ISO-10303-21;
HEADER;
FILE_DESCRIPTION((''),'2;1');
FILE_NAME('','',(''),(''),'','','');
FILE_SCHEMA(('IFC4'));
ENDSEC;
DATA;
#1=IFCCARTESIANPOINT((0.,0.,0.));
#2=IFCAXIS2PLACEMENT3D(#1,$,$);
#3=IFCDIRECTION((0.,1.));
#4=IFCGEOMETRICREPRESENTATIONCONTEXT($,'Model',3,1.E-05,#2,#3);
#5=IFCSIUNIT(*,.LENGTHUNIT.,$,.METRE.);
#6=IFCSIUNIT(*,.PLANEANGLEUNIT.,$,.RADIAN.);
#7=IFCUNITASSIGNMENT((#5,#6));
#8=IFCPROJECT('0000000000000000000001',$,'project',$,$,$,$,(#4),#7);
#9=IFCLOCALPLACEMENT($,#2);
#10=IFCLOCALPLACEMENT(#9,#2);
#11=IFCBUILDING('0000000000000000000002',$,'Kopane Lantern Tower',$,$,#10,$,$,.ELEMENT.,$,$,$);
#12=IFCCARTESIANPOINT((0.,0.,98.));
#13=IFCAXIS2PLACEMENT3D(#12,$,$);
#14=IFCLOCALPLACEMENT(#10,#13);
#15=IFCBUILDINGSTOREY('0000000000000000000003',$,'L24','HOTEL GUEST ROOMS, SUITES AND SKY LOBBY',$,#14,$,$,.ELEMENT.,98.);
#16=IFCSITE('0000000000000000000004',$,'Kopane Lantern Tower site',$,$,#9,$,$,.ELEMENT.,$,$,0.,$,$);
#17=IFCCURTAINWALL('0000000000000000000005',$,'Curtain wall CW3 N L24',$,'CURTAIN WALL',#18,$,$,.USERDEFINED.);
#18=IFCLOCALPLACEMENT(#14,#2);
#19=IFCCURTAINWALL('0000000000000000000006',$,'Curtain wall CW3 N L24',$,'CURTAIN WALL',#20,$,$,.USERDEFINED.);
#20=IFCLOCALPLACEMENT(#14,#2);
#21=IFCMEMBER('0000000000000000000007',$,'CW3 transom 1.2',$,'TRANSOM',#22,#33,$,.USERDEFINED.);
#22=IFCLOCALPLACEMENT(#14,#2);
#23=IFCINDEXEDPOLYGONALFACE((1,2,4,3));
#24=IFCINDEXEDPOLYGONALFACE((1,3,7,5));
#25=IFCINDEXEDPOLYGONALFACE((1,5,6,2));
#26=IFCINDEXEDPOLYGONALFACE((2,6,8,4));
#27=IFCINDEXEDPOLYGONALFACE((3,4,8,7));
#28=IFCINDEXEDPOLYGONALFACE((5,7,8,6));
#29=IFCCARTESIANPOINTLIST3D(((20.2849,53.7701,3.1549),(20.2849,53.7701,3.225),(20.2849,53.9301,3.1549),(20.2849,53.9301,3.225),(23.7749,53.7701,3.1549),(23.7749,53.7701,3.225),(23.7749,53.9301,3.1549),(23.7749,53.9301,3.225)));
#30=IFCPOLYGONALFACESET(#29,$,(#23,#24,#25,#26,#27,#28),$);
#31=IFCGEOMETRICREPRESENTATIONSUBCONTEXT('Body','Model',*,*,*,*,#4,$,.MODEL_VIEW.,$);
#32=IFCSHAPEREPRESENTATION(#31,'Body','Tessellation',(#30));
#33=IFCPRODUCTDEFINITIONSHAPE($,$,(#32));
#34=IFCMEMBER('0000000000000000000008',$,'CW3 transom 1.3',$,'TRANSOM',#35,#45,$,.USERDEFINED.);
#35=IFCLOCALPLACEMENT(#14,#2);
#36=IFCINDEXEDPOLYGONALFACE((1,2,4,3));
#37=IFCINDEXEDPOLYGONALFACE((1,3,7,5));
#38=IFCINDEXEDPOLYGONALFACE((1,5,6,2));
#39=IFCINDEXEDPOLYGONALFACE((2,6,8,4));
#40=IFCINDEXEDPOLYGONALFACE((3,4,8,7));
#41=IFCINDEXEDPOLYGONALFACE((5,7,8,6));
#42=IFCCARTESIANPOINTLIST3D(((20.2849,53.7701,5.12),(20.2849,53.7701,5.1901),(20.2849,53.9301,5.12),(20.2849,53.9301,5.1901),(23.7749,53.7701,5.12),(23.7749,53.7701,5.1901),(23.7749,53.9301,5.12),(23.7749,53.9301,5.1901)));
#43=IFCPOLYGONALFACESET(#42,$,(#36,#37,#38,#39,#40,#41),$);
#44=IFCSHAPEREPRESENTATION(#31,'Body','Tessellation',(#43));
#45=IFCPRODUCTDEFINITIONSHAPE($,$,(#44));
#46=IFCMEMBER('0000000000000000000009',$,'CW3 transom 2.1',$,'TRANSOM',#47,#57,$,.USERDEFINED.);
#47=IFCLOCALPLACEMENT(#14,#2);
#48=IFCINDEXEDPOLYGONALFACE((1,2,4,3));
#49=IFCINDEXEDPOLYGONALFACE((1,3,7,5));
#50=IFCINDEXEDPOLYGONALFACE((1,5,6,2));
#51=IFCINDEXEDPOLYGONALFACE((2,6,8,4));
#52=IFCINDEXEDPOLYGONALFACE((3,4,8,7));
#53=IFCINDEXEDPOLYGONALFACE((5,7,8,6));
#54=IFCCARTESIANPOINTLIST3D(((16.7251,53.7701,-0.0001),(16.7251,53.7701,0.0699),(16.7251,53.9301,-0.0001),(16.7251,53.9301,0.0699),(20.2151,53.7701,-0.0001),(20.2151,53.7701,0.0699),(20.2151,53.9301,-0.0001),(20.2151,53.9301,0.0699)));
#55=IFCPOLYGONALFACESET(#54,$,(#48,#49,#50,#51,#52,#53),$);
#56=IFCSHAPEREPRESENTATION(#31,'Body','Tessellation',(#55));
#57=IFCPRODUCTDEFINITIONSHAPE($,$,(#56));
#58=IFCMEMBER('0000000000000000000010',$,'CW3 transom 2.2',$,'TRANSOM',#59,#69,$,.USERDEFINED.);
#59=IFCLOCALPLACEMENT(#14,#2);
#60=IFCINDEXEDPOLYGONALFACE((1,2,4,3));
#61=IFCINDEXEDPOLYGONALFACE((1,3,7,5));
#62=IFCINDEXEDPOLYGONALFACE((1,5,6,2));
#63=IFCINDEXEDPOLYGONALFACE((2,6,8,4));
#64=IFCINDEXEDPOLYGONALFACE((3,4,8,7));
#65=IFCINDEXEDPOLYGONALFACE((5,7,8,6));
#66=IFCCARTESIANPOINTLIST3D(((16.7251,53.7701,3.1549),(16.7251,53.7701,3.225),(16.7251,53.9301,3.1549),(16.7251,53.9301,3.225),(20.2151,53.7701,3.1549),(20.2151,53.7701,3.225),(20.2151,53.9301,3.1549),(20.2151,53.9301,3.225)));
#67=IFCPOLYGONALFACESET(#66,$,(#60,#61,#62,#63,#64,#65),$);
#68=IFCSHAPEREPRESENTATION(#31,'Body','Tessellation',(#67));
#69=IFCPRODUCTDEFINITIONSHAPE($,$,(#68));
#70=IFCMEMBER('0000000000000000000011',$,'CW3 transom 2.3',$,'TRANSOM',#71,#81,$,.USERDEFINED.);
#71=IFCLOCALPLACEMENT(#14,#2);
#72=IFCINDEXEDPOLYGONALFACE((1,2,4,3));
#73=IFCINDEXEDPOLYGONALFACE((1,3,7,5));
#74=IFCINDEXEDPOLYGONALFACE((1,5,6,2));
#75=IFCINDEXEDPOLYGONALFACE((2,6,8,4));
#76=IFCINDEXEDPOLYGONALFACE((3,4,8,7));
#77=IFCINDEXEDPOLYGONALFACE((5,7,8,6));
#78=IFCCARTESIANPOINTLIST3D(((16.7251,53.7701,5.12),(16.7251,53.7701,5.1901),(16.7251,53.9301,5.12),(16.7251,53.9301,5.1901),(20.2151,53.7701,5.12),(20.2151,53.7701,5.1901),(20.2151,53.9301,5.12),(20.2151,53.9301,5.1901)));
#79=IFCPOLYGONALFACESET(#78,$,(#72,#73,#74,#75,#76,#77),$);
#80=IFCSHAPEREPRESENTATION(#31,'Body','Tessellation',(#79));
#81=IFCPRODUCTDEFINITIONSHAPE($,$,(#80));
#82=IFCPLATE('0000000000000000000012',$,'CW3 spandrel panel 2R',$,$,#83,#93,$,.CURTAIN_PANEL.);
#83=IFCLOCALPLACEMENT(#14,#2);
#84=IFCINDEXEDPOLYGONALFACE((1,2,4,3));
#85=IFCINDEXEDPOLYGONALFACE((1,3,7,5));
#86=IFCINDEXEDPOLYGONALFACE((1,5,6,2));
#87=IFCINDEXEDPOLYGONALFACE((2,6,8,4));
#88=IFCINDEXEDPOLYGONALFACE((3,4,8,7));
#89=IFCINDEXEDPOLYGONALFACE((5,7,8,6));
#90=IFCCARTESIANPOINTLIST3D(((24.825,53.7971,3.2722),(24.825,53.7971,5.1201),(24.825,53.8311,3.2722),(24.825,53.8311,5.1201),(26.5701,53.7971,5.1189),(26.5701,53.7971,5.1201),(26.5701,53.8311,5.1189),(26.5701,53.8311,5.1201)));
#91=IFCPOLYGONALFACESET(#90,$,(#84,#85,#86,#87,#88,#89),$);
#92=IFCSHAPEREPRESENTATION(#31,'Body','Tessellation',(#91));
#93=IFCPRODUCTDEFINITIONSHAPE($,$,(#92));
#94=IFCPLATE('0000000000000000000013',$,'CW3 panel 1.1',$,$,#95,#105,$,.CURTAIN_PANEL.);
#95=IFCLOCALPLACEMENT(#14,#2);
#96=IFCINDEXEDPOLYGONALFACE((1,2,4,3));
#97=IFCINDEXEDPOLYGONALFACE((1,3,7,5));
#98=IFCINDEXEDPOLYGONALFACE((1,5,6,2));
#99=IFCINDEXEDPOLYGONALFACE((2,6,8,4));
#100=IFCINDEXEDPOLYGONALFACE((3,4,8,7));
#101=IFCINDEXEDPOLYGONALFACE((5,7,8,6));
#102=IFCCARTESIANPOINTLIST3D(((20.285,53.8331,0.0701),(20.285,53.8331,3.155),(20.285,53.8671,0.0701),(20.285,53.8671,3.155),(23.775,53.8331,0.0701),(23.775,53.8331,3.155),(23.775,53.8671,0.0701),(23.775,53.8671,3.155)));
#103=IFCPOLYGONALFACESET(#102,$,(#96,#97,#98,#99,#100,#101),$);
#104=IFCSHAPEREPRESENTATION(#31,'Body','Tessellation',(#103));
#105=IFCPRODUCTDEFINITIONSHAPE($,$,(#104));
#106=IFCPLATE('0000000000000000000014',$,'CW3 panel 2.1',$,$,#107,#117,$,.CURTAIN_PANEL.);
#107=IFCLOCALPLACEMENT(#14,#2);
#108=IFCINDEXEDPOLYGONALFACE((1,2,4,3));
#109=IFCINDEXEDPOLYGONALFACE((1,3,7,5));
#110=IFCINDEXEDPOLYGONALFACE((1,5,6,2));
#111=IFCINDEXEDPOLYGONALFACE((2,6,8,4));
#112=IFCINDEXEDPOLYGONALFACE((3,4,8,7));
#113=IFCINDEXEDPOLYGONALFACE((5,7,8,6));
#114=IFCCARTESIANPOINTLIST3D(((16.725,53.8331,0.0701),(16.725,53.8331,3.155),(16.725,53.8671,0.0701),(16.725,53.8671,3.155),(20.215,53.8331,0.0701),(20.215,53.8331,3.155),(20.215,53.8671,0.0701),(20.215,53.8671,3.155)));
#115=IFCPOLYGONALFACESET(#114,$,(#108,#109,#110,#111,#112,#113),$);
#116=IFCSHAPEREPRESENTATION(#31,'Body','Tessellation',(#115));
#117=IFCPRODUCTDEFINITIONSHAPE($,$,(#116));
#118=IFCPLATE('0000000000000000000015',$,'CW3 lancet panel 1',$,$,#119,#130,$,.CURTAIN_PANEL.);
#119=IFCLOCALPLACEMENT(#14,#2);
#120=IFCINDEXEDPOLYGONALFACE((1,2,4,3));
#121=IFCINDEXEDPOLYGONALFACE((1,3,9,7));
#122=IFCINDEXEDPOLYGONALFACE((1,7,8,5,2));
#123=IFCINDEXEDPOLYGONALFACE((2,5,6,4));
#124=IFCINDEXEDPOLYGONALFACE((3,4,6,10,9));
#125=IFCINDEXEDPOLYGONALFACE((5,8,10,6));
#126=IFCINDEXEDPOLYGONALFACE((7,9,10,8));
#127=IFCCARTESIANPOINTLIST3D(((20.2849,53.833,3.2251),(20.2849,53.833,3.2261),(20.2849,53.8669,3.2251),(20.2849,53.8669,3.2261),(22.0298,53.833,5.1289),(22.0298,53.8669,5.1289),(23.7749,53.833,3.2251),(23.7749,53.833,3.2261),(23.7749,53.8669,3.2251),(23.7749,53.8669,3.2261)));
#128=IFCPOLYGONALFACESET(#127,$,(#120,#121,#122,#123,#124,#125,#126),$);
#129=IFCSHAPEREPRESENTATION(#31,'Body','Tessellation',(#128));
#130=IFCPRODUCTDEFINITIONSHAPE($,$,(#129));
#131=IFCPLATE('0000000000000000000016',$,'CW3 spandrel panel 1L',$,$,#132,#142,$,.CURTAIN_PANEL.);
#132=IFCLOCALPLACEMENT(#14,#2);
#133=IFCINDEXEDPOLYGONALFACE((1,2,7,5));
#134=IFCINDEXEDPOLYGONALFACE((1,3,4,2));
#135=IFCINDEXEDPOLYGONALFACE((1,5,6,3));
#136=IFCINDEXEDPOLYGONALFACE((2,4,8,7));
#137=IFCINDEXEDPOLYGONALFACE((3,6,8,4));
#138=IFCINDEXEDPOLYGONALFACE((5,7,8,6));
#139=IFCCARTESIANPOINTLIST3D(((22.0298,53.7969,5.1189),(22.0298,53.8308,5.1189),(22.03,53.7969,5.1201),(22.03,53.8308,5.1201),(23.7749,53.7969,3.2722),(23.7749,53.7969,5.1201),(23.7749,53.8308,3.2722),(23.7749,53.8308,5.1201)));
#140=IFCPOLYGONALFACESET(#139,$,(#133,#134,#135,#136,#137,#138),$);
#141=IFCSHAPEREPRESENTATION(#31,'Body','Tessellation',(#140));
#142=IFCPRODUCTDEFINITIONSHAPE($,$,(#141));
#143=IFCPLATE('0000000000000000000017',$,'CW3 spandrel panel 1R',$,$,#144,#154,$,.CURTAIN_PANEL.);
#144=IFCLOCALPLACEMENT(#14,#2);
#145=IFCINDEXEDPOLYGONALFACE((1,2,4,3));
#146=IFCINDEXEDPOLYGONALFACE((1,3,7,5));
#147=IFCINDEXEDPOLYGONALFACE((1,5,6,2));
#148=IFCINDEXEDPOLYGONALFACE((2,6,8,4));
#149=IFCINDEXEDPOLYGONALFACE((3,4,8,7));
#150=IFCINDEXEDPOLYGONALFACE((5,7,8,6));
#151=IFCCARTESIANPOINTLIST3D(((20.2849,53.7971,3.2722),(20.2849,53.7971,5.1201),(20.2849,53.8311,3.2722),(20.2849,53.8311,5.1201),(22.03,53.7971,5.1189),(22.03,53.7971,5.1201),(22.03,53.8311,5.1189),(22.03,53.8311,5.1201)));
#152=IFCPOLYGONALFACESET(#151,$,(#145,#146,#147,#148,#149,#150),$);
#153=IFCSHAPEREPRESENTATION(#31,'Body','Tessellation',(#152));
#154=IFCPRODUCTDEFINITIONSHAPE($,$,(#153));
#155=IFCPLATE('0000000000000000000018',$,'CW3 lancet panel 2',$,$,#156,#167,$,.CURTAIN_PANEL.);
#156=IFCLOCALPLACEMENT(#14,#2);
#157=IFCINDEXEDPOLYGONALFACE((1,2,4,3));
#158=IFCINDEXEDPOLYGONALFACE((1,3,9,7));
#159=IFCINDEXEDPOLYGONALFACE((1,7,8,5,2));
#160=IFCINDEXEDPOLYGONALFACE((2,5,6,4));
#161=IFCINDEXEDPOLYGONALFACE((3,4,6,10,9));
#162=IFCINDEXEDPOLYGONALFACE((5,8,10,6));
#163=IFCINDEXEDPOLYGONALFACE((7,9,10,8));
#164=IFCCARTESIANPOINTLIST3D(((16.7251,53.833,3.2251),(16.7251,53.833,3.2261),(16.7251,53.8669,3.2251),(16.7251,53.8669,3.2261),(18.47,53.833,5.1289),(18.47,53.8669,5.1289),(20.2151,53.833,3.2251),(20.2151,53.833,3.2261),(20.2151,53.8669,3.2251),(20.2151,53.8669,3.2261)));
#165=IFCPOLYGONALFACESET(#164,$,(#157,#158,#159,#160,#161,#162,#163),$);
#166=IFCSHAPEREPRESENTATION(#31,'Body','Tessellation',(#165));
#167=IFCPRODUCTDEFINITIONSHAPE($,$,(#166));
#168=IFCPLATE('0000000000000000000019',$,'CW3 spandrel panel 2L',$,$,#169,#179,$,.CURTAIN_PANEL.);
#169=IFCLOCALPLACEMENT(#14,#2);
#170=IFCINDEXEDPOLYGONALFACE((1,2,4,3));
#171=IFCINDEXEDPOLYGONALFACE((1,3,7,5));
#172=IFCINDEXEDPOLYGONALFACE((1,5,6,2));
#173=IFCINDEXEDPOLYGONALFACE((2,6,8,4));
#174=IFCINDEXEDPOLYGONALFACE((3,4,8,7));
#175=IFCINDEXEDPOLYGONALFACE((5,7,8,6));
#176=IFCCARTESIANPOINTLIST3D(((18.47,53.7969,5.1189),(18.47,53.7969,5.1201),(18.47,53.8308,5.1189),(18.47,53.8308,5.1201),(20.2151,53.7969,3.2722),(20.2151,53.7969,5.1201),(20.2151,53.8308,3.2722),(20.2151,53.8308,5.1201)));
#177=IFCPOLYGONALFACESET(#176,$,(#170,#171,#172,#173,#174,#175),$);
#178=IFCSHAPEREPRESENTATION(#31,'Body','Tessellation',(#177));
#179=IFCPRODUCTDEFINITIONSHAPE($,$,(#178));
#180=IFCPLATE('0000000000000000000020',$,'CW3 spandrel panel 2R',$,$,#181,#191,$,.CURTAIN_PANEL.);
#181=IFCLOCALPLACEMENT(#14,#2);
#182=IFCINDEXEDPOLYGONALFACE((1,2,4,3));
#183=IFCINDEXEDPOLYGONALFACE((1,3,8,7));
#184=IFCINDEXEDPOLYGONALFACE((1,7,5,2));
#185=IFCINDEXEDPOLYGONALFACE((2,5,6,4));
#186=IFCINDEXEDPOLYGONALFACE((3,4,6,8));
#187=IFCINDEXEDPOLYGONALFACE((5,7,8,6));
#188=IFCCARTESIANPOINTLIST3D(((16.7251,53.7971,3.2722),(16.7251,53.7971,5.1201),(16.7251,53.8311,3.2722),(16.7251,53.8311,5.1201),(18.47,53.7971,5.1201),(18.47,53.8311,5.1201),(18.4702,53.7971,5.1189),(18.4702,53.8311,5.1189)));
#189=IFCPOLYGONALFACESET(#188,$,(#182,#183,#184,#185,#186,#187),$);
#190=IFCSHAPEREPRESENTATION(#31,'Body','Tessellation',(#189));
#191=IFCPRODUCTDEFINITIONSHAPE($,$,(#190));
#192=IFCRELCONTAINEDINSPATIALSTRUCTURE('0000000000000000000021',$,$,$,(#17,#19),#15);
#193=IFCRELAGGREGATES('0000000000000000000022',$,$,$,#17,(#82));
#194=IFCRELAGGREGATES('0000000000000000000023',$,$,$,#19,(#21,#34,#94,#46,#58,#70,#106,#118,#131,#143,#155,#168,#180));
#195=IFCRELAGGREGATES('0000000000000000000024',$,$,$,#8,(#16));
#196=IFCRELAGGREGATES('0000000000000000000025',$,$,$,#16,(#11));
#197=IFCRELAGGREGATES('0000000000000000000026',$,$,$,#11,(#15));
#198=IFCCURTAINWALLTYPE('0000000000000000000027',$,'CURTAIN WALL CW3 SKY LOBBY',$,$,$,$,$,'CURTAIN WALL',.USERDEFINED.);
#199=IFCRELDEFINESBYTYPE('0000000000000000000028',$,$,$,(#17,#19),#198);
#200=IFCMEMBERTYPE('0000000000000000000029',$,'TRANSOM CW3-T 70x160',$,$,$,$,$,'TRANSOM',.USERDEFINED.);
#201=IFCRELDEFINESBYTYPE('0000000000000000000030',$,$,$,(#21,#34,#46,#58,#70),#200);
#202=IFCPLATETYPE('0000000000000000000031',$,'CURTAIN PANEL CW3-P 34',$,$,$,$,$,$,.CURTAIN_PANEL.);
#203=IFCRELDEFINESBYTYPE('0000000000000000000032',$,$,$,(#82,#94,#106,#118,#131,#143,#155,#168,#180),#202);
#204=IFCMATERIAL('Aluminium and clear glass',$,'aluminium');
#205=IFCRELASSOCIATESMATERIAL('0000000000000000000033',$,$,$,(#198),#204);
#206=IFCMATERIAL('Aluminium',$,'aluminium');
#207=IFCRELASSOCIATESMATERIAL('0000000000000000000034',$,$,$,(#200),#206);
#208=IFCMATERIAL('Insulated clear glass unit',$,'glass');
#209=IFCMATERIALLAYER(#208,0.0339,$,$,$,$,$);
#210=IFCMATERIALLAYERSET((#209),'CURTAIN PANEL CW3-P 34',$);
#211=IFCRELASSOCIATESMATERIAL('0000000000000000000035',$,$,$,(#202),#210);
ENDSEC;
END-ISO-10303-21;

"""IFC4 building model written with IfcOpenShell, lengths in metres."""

from ifc_helpers import new_model, si_unit, direction, frame, origin, origin_2d, place, context, subcontext, project, spatial, polyline, rectangle, outline, extrude, material, layer, layer_set, material_profile, profile_set, type_object, element, aggregate, save


model = new_model("IFC4")

# Units and contexts
model_context = context("Model", 3, precision=1e-05, world=origin(), true_north=direction((0.0, 1.0)))
body_context = subcontext(model_context, "Body", "Model", "MODEL_VIEW")
ifc_project = project(units=[si_unit("LENGTHUNIT", "METRE"), si_unit("PLANEANGLEUNIT", "RADIAN")], contexts=[model_context])

# Site, building, storey
site_placement = place(None, origin())
site = spatial("IfcSite", under=ifc_project, at=site_placement, Name="Kopane Lantern Tower site", CompositionType="ELEMENT", RefElevation=0.0)
building_placement = place(site_placement, origin())
building = spatial("IfcBuilding", under=site, at=building_placement, Name="Kopane Lantern Tower", CompositionType="ELEMENT")
storey_placement = place(building_placement, frame((0.0, 0.0, 98.0)))
storey = spatial("IfcBuildingStorey", under=building, at=storey_placement, Name="L24", Description="HOTEL GUEST ROOMS, SUITES AND SKY LOBBY", CompositionType="ELEMENT", Elevation=98.0)

# Curtain wall
ifc_material_1 = material(Name="Aluminium and clear glass", Category="aluminium")
curtain_wall_type = type_object("IfcCurtainWallType", Name="CURTAIN WALL CW3 SKY LOBBY", ElementType="CURTAIN WALL", PredefinedType="USERDEFINED", material=ifc_material_1)
curtain_wall_1_placement = place(storey_placement, origin())
curtain_wall_1 = element("IfcCurtainWall", 1, at=curtain_wall_1_placement, inside=storey, type_object=curtain_wall_type, Name="Curtain wall CW3 N L24", ObjectType="CURTAIN WALL", PredefinedType="USERDEFINED")

# Curtain wall, members
curtain_wall_2_placement = place(storey_placement, origin())
curtain_wall_2 = element("IfcCurtainWall", 2, at=curtain_wall_2_placement, inside=storey, type_object=curtain_wall_type, Name="Curtain wall CW3 N L24", ObjectType="CURTAIN WALL", PredefinedType="USERDEFINED")
ifc_material_2 = material(Name="Aluminium", Category="aluminium")
ifc_material_profile_1 = material_profile(ifc_material_2, rectangle(XDim=0.1599, YDim=0.0701, at=origin_2d()), Name="AL 160x70")
ifc_profile_set_1 = profile_set([ifc_material_profile_1], Name="Aluminium")
member_type_1 = type_object("IfcMemberType", Name="TRANSOM CW3-T 70x160", ElementType="TRANSOM", PredefinedType="USERDEFINED", material=ifc_profile_set_1)
member_1_placement = place(storey_placement, frame((23.7749, 53.8501, 3.1899), z_axis=(-1.0, 0.0, 0.0), x_axis=(0.0, -1.0, 0.0)))
member_1 = element("IfcMember", 3, at=member_1_placement, type_object=member_type_1, Name="CW3 transom 1.2", ObjectType="TRANSOM", PredefinedType="USERDEFINED", context=body_context, shape_type="SweptSolid", body=[
    extrude(rectangle(XDim=0.1599, YDim=0.0701, at=origin_2d()), origin(), (0.0, 0.0, 1.0), 3.49),
])
member_2_placement = place(storey_placement, frame((23.7749, 53.8501, 5.155), z_axis=(-1.0, 0.0, 0.0), x_axis=(0.0, -1.0, 0.0)))
member_2 = element("IfcMember", 4, at=member_2_placement, type_object=member_type_1, Name="CW3 transom 1.3", ObjectType="TRANSOM", PredefinedType="USERDEFINED", context=body_context, shape_type="SweptSolid", body=[
    extrude(rectangle(XDim=0.1599, YDim=0.0701, at=origin_2d()), origin(), (0.0, 0.0, 1.0), 3.49),
])
member_3_placement = place(storey_placement, frame((20.2151, 53.8501, 0.0349), z_axis=(-1.0, 0.0, 0.0), x_axis=(0.0, -1.0, 0.0)))
member_3 = element("IfcMember", 5, at=member_3_placement, type_object=member_type_1, Name="CW3 transom 2.1", ObjectType="TRANSOM", PredefinedType="USERDEFINED", context=body_context, shape_type="SweptSolid", body=[
    extrude(rectangle(XDim=0.1599, YDim=0.0701, at=origin_2d()), origin(), (0.0, 0.0, 1.0), 3.49),
])
member_4_placement = place(storey_placement, frame((20.2151, 53.8501, 3.1899), z_axis=(-1.0, 0.0, 0.0), x_axis=(0.0, -1.0, 0.0)))
member_4 = element("IfcMember", 6, at=member_4_placement, type_object=member_type_1, Name="CW3 transom 2.2", ObjectType="TRANSOM", PredefinedType="USERDEFINED", context=body_context, shape_type="SweptSolid", body=[
    extrude(rectangle(XDim=0.1599, YDim=0.0701, at=origin_2d()), origin(), (0.0, 0.0, 1.0), 3.49),
])
member_5_placement = place(storey_placement, frame((20.2151, 53.8501, 5.155), z_axis=(-1.0, 0.0, 0.0), x_axis=(0.0, -1.0, 0.0)))
member_5 = element("IfcMember", 7, at=member_5_placement, type_object=member_type_1, Name="CW3 transom 2.3", ObjectType="TRANSOM", PredefinedType="USERDEFINED", context=body_context, shape_type="SweptSolid", body=[
    extrude(rectangle(XDim=0.1599, YDim=0.0701, at=origin_2d()), origin(), (0.0, 0.0, 1.0), 3.49),
])

# Plates
ifc_material_3 = material(Name="Insulated clear glass unit", Category="glass")
ifc_layer_1 = layer(ifc_material_3, 0.0339)
ifc_layer_set_1 = layer_set([ifc_layer_1], Name="CURTAIN PANEL CW3-P 34")
plate_type = type_object("IfcPlateType", Name="CURTAIN PANEL CW3-P 34", PredefinedType="CURTAIN_PANEL", material=ifc_layer_set_1)
plate_1_placement = place(storey_placement, frame((24.825, 53.814, 5.1201), z_axis=(0.0, 0.0, 1.0), x_axis=(1.0, 0.0, 0.0)))
plate_1 = element("IfcPlate", 8, at=plate_1_placement, type_object=plate_type, Name="CW3 spandrel panel 2R", PredefinedType="CURTAIN_PANEL", context=body_context, shape_type="SweptSolid", body=[
    extrude(outline(polyline([(0.0, 0.0), (1.7451, 0.0), (1.7451, -0.0012), (0.0, -1.8479), (0.0, 0.0)])), frame((0.0, 0.0171, 0.0), z_axis=(0.0, -1.0, 0.0), x_axis=(1.0, 0.0, 0.0)), (0.0, 0.0, 1.0), 0.0339),
])
aggregate(curtain_wall_1, [plate_1])
plate_2_placement = place(storey_placement, frame((22.03, 53.8501, 0.0701), z_axis=(0.0, 0.0, 1.0), x_axis=(-1.0, 0.0, 0.0)))
plate_2 = element("IfcPlate", 9, at=plate_2_placement, type_object=plate_type, Name="CW3 panel 1.1", PredefinedType="CURTAIN_PANEL", context=body_context, shape_type="SweptSolid", body=[
    extrude(rectangle(XDim=3.49, YDim=0.0339, at=origin_2d()), origin(), (0.0, 0.0, 1.0), 3.085),
])
plate_3_placement = place(storey_placement, frame((18.47, 53.8501, 0.0701), z_axis=(0.0, 0.0, 1.0), x_axis=(-1.0, 0.0, 0.0)))
plate_3 = element("IfcPlate", 10, at=plate_3_placement, type_object=plate_type, Name="CW3 panel 2.1", PredefinedType="CURTAIN_PANEL", context=body_context, shape_type="SweptSolid", body=[
    extrude(rectangle(XDim=3.49, YDim=0.0339, at=origin_2d()), origin(), (0.0, 0.0, 1.0), 3.085),
])
plate_4_placement = place(storey_placement, frame((23.7749, 53.8501, 3.2251), z_axis=(0.0, 0.0, 1.0), x_axis=(-1.0, 0.0, 0.0)))
plate_4 = element("IfcPlate", 11, at=plate_4_placement, type_object=plate_type, Name="CW3 lancet panel 1", PredefinedType="CURTAIN_PANEL", context=body_context, shape_type="SweptSolid", body=[
    extrude(outline(polyline([(0.0, 0.0), (3.49, 0.0), (3.49, 0.001), (1.7451, 1.9038), (0.0, 0.001), (0.0, 0.0)])), frame((0.0, 0.0171, 0.0), z_axis=(0.0, -1.0, 0.0), x_axis=(1.0, 0.0, 0.0)), (0.0, 0.0, 1.0), 0.0339),
])
plate_5_placement = place(storey_placement, frame((23.7749, 53.814, 5.1201), z_axis=(0.0, 0.0, 1.0), x_axis=(-1.0, 0.0, 0.0)))
plate_5 = element("IfcPlate", 12, at=plate_5_placement, type_object=plate_type, Name="CW3 spandrel panel 1L", PredefinedType="CURTAIN_PANEL", context=body_context, shape_type="SweptSolid", body=[
    extrude(outline(polyline([(0.0, 0.0), (1.7449, 0.0), (1.7451, -0.0012), (0.0, -1.8479), (0.0, 0.0)])), frame((0.0, 0.0171, 0.0), z_axis=(0.0, -1.0, 0.0), x_axis=(1.0, 0.0, 0.0)), (0.0, 0.0, 1.0), 0.0339),
])
plate_6_placement = place(storey_placement, frame((20.2849, 53.814, 5.1201), z_axis=(0.0, 0.0, 1.0), x_axis=(1.0, 0.0, 0.0)))
plate_6 = element("IfcPlate", 13, at=plate_6_placement, type_object=plate_type, Name="CW3 spandrel panel 1R", PredefinedType="CURTAIN_PANEL", context=body_context, shape_type="SweptSolid", body=[
    extrude(outline(polyline([(0.0, 0.0), (1.7451, 0.0), (1.7451, -0.0012), (0.0, -1.8479), (0.0, 0.0)])), frame((0.0, 0.0171, 0.0), z_axis=(0.0, -1.0, 0.0), x_axis=(1.0, 0.0, 0.0)), (0.0, 0.0, 1.0), 0.0339),
])
plate_7_placement = place(storey_placement, frame((20.2151, 53.8501, 3.2251), z_axis=(0.0, 0.0, 1.0), x_axis=(-1.0, 0.0, 0.0)))
plate_7 = element("IfcPlate", 14, at=plate_7_placement, type_object=plate_type, Name="CW3 lancet panel 2", PredefinedType="CURTAIN_PANEL", context=body_context, shape_type="SweptSolid", body=[
    extrude(outline(polyline([(0.0, 0.0), (3.49, 0.0), (3.49, 0.001), (1.7451, 1.9038), (0.0, 0.001), (0.0, 0.0)])), frame((0.0, 0.0171, 0.0), z_axis=(0.0, -1.0, 0.0), x_axis=(1.0, 0.0, 0.0)), (0.0, 0.0, 1.0), 0.0339),
])
plate_8_placement = place(storey_placement, frame((20.2151, 53.814, 5.1201), z_axis=(0.0, 0.0, 1.0), x_axis=(-1.0, 0.0, 0.0)))
plate_8 = element("IfcPlate", 15, at=plate_8_placement, type_object=plate_type, Name="CW3 spandrel panel 2L", PredefinedType="CURTAIN_PANEL", context=body_context, shape_type="SweptSolid", body=[
    extrude(outline(polyline([(0.0, 0.0), (1.7451, 0.0), (1.7451, -0.0012), (0.0, -1.8479), (0.0, 0.0)])), frame((0.0, 0.0171, 0.0), z_axis=(0.0, -1.0, 0.0), x_axis=(1.0, 0.0, 0.0)), (0.0, 0.0, 1.0), 0.0339),
])
plate_9_placement = place(storey_placement, frame((16.7251, 53.814, 5.1201), z_axis=(0.0, 0.0, 1.0), x_axis=(1.0, 0.0, 0.0)))
plate_9 = element("IfcPlate", 16, at=plate_9_placement, type_object=plate_type, Name="CW3 spandrel panel 2R", PredefinedType="CURTAIN_PANEL", context=body_context, shape_type="SweptSolid", body=[
    extrude(outline(polyline([(0.0, 0.0), (1.7449, 0.0), (1.7451, -0.0012), (0.0, -1.8479), (0.0, 0.0)])), frame((0.0, 0.0171, 0.0), z_axis=(0.0, -1.0, 0.0), x_axis=(1.0, 0.0, 0.0)), (0.0, 0.0, 1.0), 0.0339),
])
aggregate(curtain_wall_2, [member_1, member_2, plate_2, member_3, member_4, member_5, plate_3, plate_4, plate_5, plate_6, plate_7, plate_8, plate_9])

save(model, "model.ifc")
